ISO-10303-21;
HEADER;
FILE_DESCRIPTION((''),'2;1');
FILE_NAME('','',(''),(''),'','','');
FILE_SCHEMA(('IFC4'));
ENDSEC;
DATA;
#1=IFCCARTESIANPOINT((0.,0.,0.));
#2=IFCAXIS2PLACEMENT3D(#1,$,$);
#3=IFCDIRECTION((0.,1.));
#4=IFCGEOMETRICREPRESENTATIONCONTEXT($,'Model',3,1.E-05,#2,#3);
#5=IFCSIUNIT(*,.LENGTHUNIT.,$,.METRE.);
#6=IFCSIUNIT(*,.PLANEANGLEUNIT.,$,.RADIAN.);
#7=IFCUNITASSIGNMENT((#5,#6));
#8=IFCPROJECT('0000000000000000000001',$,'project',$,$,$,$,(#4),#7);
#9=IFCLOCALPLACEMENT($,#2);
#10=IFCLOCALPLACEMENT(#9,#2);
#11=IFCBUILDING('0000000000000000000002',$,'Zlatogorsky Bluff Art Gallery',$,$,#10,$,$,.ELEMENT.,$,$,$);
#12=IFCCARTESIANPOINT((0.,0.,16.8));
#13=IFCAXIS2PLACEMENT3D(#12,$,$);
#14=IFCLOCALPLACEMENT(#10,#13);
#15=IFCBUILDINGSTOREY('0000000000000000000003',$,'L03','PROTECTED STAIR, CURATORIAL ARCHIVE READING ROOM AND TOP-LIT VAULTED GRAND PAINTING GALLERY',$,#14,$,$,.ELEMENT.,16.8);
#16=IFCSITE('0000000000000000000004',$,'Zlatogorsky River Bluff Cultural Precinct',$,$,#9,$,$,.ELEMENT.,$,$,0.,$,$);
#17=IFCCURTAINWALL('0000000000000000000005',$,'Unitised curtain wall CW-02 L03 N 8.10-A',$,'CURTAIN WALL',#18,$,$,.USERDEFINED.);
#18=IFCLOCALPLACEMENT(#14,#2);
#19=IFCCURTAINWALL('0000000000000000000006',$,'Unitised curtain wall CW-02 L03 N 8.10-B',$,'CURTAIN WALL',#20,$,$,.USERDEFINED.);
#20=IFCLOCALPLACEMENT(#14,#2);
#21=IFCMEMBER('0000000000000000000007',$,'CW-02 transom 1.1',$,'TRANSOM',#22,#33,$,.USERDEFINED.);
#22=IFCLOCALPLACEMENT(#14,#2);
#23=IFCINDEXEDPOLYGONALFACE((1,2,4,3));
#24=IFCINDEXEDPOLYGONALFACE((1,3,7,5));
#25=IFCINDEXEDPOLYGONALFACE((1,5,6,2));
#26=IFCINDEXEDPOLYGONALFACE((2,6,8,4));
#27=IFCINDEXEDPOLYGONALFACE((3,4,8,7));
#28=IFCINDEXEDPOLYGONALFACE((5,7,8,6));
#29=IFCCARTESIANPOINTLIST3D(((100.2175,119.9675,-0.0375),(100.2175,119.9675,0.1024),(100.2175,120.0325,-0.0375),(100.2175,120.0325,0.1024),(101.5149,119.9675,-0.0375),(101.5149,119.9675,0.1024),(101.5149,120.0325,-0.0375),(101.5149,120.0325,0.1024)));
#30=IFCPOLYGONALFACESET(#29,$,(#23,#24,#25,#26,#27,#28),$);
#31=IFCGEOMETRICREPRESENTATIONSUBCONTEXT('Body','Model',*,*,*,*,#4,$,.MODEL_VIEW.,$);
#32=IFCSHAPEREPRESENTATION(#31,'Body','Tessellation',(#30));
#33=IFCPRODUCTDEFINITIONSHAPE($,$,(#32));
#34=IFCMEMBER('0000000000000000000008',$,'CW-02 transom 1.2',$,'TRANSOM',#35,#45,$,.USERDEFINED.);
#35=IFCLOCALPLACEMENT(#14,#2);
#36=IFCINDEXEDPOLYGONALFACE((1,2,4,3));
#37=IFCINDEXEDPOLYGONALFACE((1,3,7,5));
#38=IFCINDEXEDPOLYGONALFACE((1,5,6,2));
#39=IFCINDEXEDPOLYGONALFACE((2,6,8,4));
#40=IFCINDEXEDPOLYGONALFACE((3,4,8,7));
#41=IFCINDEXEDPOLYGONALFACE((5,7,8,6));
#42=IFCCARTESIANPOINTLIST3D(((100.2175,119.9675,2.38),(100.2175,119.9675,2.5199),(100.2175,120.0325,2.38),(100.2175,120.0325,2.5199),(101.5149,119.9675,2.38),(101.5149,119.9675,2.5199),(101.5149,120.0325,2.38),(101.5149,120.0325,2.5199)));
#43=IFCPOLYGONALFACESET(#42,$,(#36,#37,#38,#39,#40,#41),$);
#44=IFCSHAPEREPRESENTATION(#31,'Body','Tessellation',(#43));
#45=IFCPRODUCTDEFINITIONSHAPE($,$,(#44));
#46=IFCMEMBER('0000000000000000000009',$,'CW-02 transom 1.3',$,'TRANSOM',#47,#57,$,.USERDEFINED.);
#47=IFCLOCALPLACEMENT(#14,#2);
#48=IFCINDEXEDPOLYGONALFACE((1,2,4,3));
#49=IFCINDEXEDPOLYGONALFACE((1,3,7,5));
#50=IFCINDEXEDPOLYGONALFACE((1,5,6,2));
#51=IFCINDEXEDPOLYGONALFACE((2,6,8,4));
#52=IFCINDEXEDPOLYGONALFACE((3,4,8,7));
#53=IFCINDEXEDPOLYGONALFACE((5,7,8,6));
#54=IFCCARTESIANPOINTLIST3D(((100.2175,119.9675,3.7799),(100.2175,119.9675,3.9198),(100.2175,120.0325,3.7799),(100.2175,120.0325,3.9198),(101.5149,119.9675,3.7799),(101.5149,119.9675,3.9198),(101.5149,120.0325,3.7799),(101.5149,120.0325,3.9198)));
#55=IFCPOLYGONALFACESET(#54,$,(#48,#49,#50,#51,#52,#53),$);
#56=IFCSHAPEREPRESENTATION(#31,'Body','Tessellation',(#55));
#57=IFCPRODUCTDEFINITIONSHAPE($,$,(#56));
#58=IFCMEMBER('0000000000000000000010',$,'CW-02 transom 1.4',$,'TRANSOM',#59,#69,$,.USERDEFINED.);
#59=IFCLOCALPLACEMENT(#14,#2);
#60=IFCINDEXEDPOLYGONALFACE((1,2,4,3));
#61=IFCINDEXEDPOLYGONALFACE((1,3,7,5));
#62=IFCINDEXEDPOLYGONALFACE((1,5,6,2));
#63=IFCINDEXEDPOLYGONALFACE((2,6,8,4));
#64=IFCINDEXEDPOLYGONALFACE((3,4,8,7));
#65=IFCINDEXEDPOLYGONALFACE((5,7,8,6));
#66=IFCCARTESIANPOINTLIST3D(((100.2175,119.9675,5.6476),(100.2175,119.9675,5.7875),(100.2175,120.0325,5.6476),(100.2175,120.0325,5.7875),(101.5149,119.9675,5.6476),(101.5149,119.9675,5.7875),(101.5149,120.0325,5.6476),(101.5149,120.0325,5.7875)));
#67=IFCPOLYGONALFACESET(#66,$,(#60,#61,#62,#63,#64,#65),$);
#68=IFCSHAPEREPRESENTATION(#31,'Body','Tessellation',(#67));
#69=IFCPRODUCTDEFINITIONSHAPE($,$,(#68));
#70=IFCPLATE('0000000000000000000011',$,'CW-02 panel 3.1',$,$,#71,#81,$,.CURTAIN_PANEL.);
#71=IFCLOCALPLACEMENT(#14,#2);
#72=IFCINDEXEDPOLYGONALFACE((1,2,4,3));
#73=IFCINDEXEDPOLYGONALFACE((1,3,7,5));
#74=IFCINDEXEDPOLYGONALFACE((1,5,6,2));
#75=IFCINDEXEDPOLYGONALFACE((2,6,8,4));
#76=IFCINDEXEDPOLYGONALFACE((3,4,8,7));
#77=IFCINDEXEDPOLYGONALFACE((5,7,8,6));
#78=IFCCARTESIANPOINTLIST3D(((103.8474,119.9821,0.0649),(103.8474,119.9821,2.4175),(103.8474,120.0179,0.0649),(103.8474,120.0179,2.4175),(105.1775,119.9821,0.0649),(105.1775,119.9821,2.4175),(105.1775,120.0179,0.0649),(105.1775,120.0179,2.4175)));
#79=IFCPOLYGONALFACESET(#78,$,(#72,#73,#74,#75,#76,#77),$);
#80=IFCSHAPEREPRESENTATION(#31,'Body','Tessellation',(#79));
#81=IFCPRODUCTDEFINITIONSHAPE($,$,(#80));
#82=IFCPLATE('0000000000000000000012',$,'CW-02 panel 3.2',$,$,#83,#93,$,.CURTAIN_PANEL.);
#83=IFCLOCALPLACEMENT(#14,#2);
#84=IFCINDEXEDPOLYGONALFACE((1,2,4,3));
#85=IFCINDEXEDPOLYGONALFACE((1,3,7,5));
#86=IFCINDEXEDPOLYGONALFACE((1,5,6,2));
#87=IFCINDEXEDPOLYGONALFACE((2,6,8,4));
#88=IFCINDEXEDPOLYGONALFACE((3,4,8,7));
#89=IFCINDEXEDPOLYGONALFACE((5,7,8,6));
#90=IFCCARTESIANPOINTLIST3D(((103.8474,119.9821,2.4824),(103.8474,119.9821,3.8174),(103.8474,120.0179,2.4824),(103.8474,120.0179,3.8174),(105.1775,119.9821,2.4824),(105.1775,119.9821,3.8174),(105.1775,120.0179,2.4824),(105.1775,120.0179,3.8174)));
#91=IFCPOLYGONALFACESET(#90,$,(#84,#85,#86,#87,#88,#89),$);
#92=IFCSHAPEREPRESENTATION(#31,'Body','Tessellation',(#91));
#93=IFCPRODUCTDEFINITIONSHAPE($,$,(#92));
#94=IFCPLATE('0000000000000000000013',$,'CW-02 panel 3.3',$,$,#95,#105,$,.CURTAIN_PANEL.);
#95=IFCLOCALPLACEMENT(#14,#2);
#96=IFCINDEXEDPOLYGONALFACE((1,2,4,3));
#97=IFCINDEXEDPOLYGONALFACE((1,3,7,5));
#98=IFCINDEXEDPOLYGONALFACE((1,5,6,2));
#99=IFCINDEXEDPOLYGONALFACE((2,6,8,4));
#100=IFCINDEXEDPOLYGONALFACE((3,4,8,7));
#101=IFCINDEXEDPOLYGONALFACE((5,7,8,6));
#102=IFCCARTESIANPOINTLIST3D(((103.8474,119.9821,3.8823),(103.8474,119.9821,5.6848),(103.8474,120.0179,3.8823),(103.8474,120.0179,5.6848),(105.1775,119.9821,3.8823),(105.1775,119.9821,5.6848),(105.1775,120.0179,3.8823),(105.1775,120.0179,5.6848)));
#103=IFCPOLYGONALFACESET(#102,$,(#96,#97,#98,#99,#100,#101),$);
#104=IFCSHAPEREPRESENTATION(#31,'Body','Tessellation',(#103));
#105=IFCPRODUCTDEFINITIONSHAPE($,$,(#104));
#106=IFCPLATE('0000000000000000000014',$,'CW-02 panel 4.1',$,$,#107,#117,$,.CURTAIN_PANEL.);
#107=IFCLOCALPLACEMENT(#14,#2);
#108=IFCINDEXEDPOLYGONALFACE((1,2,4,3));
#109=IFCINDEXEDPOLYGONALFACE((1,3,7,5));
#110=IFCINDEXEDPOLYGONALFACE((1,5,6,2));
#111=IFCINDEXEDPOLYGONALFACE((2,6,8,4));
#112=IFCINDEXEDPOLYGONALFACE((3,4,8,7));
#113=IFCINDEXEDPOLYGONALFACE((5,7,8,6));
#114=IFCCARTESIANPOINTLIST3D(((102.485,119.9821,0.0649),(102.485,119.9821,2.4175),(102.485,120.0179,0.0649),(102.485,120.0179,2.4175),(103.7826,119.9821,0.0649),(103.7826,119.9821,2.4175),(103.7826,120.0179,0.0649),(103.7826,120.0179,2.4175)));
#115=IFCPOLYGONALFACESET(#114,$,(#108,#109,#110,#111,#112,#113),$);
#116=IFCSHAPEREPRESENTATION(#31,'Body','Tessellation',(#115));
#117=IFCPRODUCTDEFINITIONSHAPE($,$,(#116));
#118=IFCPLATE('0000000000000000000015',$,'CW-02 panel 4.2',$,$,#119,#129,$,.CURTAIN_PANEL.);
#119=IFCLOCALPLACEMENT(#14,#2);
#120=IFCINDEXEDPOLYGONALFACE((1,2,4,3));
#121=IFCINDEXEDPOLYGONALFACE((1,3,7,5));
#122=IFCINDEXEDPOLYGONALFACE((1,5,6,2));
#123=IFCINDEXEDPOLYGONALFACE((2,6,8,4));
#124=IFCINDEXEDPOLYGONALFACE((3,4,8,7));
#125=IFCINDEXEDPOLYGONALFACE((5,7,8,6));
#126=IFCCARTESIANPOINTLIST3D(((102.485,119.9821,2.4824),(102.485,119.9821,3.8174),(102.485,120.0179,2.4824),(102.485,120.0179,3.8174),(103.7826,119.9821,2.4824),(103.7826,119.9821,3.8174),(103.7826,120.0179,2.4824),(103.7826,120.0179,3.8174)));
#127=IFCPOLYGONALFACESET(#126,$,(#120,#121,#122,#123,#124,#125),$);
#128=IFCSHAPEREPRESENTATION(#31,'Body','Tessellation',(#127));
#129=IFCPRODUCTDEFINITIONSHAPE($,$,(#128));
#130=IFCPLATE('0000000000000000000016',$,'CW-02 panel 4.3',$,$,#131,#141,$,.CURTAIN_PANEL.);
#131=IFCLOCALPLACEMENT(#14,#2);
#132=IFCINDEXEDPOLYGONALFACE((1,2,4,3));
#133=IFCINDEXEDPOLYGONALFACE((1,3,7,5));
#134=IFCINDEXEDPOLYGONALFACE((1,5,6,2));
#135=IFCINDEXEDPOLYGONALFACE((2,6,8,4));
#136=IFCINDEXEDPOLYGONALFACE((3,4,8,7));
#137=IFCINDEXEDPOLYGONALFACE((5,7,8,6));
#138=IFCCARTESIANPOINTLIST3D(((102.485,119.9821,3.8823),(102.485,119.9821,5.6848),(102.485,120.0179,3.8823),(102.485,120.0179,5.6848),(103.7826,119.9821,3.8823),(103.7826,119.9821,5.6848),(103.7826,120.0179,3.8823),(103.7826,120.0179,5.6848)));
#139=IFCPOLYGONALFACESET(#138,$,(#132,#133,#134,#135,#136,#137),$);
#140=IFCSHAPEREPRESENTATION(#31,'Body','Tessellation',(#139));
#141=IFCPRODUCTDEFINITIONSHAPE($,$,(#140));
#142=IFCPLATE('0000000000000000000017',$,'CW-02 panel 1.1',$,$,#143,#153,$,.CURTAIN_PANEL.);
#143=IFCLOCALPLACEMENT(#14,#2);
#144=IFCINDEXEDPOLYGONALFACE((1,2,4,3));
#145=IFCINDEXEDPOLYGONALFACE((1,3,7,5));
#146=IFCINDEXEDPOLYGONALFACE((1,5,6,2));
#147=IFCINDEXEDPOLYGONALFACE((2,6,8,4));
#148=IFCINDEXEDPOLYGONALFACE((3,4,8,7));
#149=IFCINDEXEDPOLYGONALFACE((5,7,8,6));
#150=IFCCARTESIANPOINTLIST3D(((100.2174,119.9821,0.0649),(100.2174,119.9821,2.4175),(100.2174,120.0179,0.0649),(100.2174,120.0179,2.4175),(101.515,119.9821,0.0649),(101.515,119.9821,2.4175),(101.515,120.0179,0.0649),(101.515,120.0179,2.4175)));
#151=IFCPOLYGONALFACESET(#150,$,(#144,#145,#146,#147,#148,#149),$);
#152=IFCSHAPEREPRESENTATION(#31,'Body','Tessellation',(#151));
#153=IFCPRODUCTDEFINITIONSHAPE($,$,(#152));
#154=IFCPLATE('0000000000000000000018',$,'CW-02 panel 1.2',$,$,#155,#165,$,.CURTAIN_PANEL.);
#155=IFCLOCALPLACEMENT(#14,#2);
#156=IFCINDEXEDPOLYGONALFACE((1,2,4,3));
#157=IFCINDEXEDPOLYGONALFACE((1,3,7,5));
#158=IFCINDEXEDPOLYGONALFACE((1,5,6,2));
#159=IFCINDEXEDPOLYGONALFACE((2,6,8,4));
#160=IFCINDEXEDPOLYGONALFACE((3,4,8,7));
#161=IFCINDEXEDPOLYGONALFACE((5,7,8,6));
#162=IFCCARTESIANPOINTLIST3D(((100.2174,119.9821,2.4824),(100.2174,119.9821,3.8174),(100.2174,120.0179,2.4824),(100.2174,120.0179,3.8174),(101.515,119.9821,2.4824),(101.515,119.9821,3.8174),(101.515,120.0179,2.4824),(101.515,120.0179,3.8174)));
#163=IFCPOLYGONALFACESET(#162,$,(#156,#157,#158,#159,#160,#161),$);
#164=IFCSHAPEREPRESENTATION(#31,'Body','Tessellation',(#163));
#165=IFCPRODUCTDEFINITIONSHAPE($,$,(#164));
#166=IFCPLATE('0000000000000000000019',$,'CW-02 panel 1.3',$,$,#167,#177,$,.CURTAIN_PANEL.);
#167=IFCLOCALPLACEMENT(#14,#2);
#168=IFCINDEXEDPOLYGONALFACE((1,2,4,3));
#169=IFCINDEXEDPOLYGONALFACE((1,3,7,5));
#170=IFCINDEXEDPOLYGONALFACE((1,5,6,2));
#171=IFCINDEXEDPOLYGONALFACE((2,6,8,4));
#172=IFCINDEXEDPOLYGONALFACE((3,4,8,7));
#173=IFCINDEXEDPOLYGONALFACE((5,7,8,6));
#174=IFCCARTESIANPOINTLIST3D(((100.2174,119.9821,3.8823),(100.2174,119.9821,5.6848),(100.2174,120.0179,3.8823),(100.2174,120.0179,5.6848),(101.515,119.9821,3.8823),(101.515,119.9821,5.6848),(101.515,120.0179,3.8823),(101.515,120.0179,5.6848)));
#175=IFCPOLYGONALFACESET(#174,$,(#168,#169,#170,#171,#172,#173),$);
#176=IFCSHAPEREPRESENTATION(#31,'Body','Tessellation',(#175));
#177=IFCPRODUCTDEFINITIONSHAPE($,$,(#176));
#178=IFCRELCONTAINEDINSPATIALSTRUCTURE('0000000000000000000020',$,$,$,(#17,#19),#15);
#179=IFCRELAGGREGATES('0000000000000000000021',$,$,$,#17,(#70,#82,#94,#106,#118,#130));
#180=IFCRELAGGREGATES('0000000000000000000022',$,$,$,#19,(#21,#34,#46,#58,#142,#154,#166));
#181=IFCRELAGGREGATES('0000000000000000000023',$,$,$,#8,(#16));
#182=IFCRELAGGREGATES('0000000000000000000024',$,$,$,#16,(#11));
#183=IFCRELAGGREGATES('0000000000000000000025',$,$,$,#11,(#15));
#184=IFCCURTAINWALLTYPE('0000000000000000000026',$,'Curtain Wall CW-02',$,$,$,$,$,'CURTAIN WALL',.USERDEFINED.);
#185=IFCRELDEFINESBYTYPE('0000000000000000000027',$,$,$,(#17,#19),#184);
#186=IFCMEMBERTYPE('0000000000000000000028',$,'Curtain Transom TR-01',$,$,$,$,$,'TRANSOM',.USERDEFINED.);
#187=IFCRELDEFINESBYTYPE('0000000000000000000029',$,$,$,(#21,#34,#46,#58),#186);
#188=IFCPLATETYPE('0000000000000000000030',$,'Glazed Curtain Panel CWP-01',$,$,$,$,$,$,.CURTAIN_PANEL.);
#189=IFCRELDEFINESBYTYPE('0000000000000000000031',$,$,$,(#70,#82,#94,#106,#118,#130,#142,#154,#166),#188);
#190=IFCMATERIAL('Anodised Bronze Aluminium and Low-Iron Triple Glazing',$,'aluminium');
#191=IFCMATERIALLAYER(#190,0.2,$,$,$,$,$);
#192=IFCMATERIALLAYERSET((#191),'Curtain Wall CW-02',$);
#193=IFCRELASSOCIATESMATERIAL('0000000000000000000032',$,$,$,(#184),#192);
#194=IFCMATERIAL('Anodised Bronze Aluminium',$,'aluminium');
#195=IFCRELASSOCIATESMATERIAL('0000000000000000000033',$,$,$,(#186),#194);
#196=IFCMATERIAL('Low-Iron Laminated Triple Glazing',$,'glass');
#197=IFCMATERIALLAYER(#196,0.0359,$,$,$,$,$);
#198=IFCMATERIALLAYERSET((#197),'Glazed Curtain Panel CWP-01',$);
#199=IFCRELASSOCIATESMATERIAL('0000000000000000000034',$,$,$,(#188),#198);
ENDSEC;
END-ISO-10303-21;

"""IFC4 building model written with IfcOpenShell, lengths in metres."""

from ifc_helpers import new_model, si_unit, direction, frame, origin, origin_2d, place, context, subcontext, project, spatial, rectangle, extrude, material, layer, layer_set, material_profile, profile_set, type_object, element, aggregate, save


model = new_model("IFC4")

# Units and contexts
model_context = context("Model", 3, precision=1e-05, world=origin(), true_north=direction((0.0, 1.0)))
body_context = subcontext(model_context, "Body", "Model", "MODEL_VIEW")
ifc_project = project(units=[si_unit("LENGTHUNIT", "METRE"), si_unit("PLANEANGLEUNIT", "RADIAN")], contexts=[model_context])

# Site, building, storey
site_placement = place(None, origin())
site = spatial("IfcSite", under=ifc_project, at=site_placement, Name="Zlatogorsky River Bluff Cultural Precinct", CompositionType="ELEMENT", RefElevation=0.0)
building_placement = place(site_placement, origin())
building = spatial("IfcBuilding", under=site, at=building_placement, Name="Zlatogorsky Bluff Art Gallery", CompositionType="ELEMENT")
storey_placement = place(building_placement, frame((0.0, 0.0, 16.8)))
storey = spatial("IfcBuildingStorey", under=building, at=storey_placement, Name="L03", Description="PROTECTED STAIR, CURATORIAL ARCHIVE READING ROOM AND TOP-LIT VAULTED GRAND PAINTING GALLERY", CompositionType="ELEMENT", Elevation=16.8)

# Curtain wall
ifc_material_1 = material(Name="Anodised Bronze Aluminium and Low-Iron Triple Glazing", Category="aluminium")
ifc_layer_1 = layer(ifc_material_1, 0.2)
ifc_layer_set_1 = layer_set([ifc_layer_1], Name="Curtain Wall CW-02")
curtain_wall_type = type_object("IfcCurtainWallType", Name="Curtain Wall CW-02", ElementType="CURTAIN WALL", PredefinedType="USERDEFINED", material=ifc_layer_set_1)
curtain_wall_1_placement = place(storey_placement, origin())
curtain_wall_1 = element("IfcCurtainWall", 1, at=curtain_wall_1_placement, inside=storey, type_object=curtain_wall_type, Name="Unitised curtain wall CW-02 L03 N 8.10-A", ObjectType="CURTAIN WALL", PredefinedType="USERDEFINED")
ifc_material_2 = material(Name="Anodised Bronze Aluminium", Category="aluminium")

# Curtain wall
curtain_wall_2_placement = place(storey_placement, origin())
curtain_wall_2 = element("IfcCurtainWall", 2, at=curtain_wall_2_placement, inside=storey, type_object=curtain_wall_type, Name="Unitised curtain wall CW-02 L03 N 8.10-B", ObjectType="CURTAIN WALL", PredefinedType="USERDEFINED")

# Members
ifc_material_profile_1 = material_profile(ifc_material_2, rectangle(XDim=0.0649, YDim=0.1399, at=origin_2d()), Name="ALU TRANSOM 65x140")
ifc_profile_set_1 = profile_set([ifc_material_profile_1], Name="Anodised Bronze Aluminium")
member_type_1 = type_object("IfcMemberType", Name="Curtain Transom TR-01", ElementType="TRANSOM", PredefinedType="USERDEFINED", material=ifc_profile_set_1)
member_1_placement = place(storey_placement, frame((101.5149, 120.0, 0.0325), z_axis=(-1.0, 0.0, 0.0), x_axis=(0.0, -1.0, 0.0)))
member_1 = element("IfcMember", 3, at=member_1_placement, type_object=member_type_1, Name="CW-02 transom 1.1", ObjectType="TRANSOM", PredefinedType="USERDEFINED", context=body_context, shape_type="SweptSolid", body=[
    extrude(rectangle(XDim=0.0649, YDim=0.1399, at=origin_2d()), origin(), (0.0, 0.0, 1.0), 1.2974),
])
member_2_placement = place(storey_placement, frame((101.5149, 120.0, 2.45), z_axis=(-1.0, 0.0, 0.0), x_axis=(0.0, -1.0, 0.0)))
member_2 = element("IfcMember", 4, at=member_2_placement, type_object=member_type_1, Name="CW-02 transom 1.2", ObjectType="TRANSOM", PredefinedType="USERDEFINED", context=body_context, shape_type="SweptSolid", body=[
    extrude(rectangle(XDim=0.0649, YDim=0.1399, at=origin_2d()), origin(), (0.0, 0.0, 1.0), 1.2974),
])
member_3_placement = place(storey_placement, frame((101.5149, 120.0, 3.8499), z_axis=(-1.0, 0.0, 0.0), x_axis=(0.0, -1.0, 0.0)))
member_3 = element("IfcMember", 5, at=member_3_placement, type_object=member_type_1, Name="CW-02 transom 1.3", ObjectType="TRANSOM", PredefinedType="USERDEFINED", context=body_context, shape_type="SweptSolid", body=[
    extrude(rectangle(XDim=0.0649, YDim=0.1399, at=origin_2d()), origin(), (0.0, 0.0, 1.0), 1.2974),
])
member_4_placement = place(storey_placement, frame((101.5149, 120.0, 5.7175), z_axis=(-1.0, 0.0, 0.0), x_axis=(0.0, -1.0, 0.0)))
member_4 = element("IfcMember", 6, at=member_4_placement, type_object=member_type_1, Name="CW-02 transom 1.4", ObjectType="TRANSOM", PredefinedType="USERDEFINED", context=body_context, shape_type="SweptSolid", body=[
    extrude(rectangle(XDim=0.0649, YDim=0.1399, at=origin_2d()), origin(), (0.0, 0.0, 1.0), 1.2974),
])

# Plates
ifc_material_3 = material(Name="Low-Iron Laminated Triple Glazing", Category="glass")
ifc_layer_2 = layer(ifc_material_3, 0.0359)
ifc_layer_set_2 = layer_set([ifc_layer_2], Name="Glazed Curtain Panel CWP-01")
plate_type = type_object("IfcPlateType", Name="Glazed Curtain Panel CWP-01", PredefinedType="CURTAIN_PANEL", material=ifc_layer_set_2)
plate_1_placement = place(storey_placement, frame((104.5125, 120.0, 0.0649), z_axis=(0.0, 0.0, 1.0), x_axis=(-1.0, 0.0, 0.0)))
plate_1 = element("IfcPlate", 7, at=plate_1_placement, type_object=plate_type, Name="CW-02 panel 3.1", PredefinedType="CURTAIN_PANEL", context=body_context, shape_type="SweptSolid", body=[
    extrude(rectangle(XDim=1.3301, YDim=0.0359, at=origin_2d()), origin(), (0.0, 0.0, 1.0), 2.3525),
])
plate_2_placement = place(storey_placement, frame((104.5125, 120.0, 2.4824), z_axis=(0.0, 0.0, 1.0), x_axis=(-1.0, 0.0, 0.0)))
plate_2 = element("IfcPlate", 8, at=plate_2_placement, type_object=plate_type, Name="CW-02 panel 3.2", PredefinedType="CURTAIN_PANEL", context=body_context, shape_type="SweptSolid", body=[
    extrude(rectangle(XDim=1.3301, YDim=0.0359, at=origin_2d()), origin(), (0.0, 0.0, 1.0), 1.335),
])
plate_3_placement = place(storey_placement, frame((104.5125, 120.0, 3.8823), z_axis=(0.0, 0.0, 1.0), x_axis=(-1.0, 0.0, 0.0)))
plate_3 = element("IfcPlate", 9, at=plate_3_placement, type_object=plate_type, Name="CW-02 panel 3.3", PredefinedType="CURTAIN_PANEL", context=body_context, shape_type="SweptSolid", body=[
    extrude(rectangle(XDim=1.3301, YDim=0.0359, at=origin_2d()), origin(), (0.0, 0.0, 1.0), 1.8025),
])
plate_4_placement = place(storey_placement, frame((103.1338, 120.0, 0.0649), z_axis=(0.0, 0.0, 1.0), x_axis=(-1.0, 0.0, 0.0)))
plate_4 = element("IfcPlate", 10, at=plate_4_placement, type_object=plate_type, Name="CW-02 panel 4.1", PredefinedType="CURTAIN_PANEL", context=body_context, shape_type="SweptSolid", body=[
    extrude(rectangle(XDim=1.2976, YDim=0.0359, at=origin_2d()), origin(), (0.0, 0.0, 1.0), 2.3525),
])
plate_5_placement = place(storey_placement, frame((103.1338, 120.0, 2.4824), z_axis=(0.0, 0.0, 1.0), x_axis=(-1.0, 0.0, 0.0)))
plate_5 = element("IfcPlate", 11, at=plate_5_placement, type_object=plate_type, Name="CW-02 panel 4.2", PredefinedType="CURTAIN_PANEL", context=body_context, shape_type="SweptSolid", body=[
    extrude(rectangle(XDim=1.2976, YDim=0.0359, at=origin_2d()), origin(), (0.0, 0.0, 1.0), 1.335),
])
plate_6_placement = place(storey_placement, frame((103.1338, 120.0, 3.8823), z_axis=(0.0, 0.0, 1.0), x_axis=(-1.0, 0.0, 0.0)))
plate_6 = element("IfcPlate", 12, at=plate_6_placement, type_object=plate_type, Name="CW-02 panel 4.3", PredefinedType="CURTAIN_PANEL", context=body_context, shape_type="SweptSolid", body=[
    extrude(rectangle(XDim=1.2976, YDim=0.0359, at=origin_2d()), origin(), (0.0, 0.0, 1.0), 1.8025),
])
aggregate(curtain_wall_1, [plate_1, plate_2, plate_3, plate_4, plate_5, plate_6])
plate_7_placement = place(storey_placement, frame((100.8662, 120.0, 0.0649), z_axis=(0.0, 0.0, 1.0), x_axis=(-1.0, 0.0, 0.0)))
plate_7 = element("IfcPlate", 13, at=plate_7_placement, type_object=plate_type, Name="CW-02 panel 1.1", PredefinedType="CURTAIN_PANEL", context=body_context, shape_type="SweptSolid", body=[
    extrude(rectangle(XDim=1.2976, YDim=0.0359, at=origin_2d()), origin(), (0.0, 0.0, 1.0), 2.3525),
])
plate_8_placement = place(storey_placement, frame((100.8662, 120.0, 2.4824), z_axis=(0.0, 0.0, 1.0), x_axis=(-1.0, 0.0, 0.0)))
plate_8 = element("IfcPlate", 14, at=plate_8_placement, type_object=plate_type, Name="CW-02 panel 1.2", PredefinedType="CURTAIN_PANEL", context=body_context, shape_type="SweptSolid", body=[
    extrude(rectangle(XDim=1.2976, YDim=0.0359, at=origin_2d()), origin(), (0.0, 0.0, 1.0), 1.335),
])
plate_9_placement = place(storey_placement, frame((100.8662, 120.0, 3.8823), z_axis=(0.0, 0.0, 1.0), x_axis=(-1.0, 0.0, 0.0)))
plate_9 = element("IfcPlate", 15, at=plate_9_placement, type_object=plate_type, Name="CW-02 panel 1.3", PredefinedType="CURTAIN_PANEL", context=body_context, shape_type="SweptSolid", body=[
    extrude(rectangle(XDim=1.2976, YDim=0.0359, at=origin_2d()), origin(), (0.0, 0.0, 1.0), 1.8025),
])
aggregate(curtain_wall_2, [member_1, member_2, member_3, member_4, plate_7, plate_8, plate_9])

save(model, "model.ifc")
